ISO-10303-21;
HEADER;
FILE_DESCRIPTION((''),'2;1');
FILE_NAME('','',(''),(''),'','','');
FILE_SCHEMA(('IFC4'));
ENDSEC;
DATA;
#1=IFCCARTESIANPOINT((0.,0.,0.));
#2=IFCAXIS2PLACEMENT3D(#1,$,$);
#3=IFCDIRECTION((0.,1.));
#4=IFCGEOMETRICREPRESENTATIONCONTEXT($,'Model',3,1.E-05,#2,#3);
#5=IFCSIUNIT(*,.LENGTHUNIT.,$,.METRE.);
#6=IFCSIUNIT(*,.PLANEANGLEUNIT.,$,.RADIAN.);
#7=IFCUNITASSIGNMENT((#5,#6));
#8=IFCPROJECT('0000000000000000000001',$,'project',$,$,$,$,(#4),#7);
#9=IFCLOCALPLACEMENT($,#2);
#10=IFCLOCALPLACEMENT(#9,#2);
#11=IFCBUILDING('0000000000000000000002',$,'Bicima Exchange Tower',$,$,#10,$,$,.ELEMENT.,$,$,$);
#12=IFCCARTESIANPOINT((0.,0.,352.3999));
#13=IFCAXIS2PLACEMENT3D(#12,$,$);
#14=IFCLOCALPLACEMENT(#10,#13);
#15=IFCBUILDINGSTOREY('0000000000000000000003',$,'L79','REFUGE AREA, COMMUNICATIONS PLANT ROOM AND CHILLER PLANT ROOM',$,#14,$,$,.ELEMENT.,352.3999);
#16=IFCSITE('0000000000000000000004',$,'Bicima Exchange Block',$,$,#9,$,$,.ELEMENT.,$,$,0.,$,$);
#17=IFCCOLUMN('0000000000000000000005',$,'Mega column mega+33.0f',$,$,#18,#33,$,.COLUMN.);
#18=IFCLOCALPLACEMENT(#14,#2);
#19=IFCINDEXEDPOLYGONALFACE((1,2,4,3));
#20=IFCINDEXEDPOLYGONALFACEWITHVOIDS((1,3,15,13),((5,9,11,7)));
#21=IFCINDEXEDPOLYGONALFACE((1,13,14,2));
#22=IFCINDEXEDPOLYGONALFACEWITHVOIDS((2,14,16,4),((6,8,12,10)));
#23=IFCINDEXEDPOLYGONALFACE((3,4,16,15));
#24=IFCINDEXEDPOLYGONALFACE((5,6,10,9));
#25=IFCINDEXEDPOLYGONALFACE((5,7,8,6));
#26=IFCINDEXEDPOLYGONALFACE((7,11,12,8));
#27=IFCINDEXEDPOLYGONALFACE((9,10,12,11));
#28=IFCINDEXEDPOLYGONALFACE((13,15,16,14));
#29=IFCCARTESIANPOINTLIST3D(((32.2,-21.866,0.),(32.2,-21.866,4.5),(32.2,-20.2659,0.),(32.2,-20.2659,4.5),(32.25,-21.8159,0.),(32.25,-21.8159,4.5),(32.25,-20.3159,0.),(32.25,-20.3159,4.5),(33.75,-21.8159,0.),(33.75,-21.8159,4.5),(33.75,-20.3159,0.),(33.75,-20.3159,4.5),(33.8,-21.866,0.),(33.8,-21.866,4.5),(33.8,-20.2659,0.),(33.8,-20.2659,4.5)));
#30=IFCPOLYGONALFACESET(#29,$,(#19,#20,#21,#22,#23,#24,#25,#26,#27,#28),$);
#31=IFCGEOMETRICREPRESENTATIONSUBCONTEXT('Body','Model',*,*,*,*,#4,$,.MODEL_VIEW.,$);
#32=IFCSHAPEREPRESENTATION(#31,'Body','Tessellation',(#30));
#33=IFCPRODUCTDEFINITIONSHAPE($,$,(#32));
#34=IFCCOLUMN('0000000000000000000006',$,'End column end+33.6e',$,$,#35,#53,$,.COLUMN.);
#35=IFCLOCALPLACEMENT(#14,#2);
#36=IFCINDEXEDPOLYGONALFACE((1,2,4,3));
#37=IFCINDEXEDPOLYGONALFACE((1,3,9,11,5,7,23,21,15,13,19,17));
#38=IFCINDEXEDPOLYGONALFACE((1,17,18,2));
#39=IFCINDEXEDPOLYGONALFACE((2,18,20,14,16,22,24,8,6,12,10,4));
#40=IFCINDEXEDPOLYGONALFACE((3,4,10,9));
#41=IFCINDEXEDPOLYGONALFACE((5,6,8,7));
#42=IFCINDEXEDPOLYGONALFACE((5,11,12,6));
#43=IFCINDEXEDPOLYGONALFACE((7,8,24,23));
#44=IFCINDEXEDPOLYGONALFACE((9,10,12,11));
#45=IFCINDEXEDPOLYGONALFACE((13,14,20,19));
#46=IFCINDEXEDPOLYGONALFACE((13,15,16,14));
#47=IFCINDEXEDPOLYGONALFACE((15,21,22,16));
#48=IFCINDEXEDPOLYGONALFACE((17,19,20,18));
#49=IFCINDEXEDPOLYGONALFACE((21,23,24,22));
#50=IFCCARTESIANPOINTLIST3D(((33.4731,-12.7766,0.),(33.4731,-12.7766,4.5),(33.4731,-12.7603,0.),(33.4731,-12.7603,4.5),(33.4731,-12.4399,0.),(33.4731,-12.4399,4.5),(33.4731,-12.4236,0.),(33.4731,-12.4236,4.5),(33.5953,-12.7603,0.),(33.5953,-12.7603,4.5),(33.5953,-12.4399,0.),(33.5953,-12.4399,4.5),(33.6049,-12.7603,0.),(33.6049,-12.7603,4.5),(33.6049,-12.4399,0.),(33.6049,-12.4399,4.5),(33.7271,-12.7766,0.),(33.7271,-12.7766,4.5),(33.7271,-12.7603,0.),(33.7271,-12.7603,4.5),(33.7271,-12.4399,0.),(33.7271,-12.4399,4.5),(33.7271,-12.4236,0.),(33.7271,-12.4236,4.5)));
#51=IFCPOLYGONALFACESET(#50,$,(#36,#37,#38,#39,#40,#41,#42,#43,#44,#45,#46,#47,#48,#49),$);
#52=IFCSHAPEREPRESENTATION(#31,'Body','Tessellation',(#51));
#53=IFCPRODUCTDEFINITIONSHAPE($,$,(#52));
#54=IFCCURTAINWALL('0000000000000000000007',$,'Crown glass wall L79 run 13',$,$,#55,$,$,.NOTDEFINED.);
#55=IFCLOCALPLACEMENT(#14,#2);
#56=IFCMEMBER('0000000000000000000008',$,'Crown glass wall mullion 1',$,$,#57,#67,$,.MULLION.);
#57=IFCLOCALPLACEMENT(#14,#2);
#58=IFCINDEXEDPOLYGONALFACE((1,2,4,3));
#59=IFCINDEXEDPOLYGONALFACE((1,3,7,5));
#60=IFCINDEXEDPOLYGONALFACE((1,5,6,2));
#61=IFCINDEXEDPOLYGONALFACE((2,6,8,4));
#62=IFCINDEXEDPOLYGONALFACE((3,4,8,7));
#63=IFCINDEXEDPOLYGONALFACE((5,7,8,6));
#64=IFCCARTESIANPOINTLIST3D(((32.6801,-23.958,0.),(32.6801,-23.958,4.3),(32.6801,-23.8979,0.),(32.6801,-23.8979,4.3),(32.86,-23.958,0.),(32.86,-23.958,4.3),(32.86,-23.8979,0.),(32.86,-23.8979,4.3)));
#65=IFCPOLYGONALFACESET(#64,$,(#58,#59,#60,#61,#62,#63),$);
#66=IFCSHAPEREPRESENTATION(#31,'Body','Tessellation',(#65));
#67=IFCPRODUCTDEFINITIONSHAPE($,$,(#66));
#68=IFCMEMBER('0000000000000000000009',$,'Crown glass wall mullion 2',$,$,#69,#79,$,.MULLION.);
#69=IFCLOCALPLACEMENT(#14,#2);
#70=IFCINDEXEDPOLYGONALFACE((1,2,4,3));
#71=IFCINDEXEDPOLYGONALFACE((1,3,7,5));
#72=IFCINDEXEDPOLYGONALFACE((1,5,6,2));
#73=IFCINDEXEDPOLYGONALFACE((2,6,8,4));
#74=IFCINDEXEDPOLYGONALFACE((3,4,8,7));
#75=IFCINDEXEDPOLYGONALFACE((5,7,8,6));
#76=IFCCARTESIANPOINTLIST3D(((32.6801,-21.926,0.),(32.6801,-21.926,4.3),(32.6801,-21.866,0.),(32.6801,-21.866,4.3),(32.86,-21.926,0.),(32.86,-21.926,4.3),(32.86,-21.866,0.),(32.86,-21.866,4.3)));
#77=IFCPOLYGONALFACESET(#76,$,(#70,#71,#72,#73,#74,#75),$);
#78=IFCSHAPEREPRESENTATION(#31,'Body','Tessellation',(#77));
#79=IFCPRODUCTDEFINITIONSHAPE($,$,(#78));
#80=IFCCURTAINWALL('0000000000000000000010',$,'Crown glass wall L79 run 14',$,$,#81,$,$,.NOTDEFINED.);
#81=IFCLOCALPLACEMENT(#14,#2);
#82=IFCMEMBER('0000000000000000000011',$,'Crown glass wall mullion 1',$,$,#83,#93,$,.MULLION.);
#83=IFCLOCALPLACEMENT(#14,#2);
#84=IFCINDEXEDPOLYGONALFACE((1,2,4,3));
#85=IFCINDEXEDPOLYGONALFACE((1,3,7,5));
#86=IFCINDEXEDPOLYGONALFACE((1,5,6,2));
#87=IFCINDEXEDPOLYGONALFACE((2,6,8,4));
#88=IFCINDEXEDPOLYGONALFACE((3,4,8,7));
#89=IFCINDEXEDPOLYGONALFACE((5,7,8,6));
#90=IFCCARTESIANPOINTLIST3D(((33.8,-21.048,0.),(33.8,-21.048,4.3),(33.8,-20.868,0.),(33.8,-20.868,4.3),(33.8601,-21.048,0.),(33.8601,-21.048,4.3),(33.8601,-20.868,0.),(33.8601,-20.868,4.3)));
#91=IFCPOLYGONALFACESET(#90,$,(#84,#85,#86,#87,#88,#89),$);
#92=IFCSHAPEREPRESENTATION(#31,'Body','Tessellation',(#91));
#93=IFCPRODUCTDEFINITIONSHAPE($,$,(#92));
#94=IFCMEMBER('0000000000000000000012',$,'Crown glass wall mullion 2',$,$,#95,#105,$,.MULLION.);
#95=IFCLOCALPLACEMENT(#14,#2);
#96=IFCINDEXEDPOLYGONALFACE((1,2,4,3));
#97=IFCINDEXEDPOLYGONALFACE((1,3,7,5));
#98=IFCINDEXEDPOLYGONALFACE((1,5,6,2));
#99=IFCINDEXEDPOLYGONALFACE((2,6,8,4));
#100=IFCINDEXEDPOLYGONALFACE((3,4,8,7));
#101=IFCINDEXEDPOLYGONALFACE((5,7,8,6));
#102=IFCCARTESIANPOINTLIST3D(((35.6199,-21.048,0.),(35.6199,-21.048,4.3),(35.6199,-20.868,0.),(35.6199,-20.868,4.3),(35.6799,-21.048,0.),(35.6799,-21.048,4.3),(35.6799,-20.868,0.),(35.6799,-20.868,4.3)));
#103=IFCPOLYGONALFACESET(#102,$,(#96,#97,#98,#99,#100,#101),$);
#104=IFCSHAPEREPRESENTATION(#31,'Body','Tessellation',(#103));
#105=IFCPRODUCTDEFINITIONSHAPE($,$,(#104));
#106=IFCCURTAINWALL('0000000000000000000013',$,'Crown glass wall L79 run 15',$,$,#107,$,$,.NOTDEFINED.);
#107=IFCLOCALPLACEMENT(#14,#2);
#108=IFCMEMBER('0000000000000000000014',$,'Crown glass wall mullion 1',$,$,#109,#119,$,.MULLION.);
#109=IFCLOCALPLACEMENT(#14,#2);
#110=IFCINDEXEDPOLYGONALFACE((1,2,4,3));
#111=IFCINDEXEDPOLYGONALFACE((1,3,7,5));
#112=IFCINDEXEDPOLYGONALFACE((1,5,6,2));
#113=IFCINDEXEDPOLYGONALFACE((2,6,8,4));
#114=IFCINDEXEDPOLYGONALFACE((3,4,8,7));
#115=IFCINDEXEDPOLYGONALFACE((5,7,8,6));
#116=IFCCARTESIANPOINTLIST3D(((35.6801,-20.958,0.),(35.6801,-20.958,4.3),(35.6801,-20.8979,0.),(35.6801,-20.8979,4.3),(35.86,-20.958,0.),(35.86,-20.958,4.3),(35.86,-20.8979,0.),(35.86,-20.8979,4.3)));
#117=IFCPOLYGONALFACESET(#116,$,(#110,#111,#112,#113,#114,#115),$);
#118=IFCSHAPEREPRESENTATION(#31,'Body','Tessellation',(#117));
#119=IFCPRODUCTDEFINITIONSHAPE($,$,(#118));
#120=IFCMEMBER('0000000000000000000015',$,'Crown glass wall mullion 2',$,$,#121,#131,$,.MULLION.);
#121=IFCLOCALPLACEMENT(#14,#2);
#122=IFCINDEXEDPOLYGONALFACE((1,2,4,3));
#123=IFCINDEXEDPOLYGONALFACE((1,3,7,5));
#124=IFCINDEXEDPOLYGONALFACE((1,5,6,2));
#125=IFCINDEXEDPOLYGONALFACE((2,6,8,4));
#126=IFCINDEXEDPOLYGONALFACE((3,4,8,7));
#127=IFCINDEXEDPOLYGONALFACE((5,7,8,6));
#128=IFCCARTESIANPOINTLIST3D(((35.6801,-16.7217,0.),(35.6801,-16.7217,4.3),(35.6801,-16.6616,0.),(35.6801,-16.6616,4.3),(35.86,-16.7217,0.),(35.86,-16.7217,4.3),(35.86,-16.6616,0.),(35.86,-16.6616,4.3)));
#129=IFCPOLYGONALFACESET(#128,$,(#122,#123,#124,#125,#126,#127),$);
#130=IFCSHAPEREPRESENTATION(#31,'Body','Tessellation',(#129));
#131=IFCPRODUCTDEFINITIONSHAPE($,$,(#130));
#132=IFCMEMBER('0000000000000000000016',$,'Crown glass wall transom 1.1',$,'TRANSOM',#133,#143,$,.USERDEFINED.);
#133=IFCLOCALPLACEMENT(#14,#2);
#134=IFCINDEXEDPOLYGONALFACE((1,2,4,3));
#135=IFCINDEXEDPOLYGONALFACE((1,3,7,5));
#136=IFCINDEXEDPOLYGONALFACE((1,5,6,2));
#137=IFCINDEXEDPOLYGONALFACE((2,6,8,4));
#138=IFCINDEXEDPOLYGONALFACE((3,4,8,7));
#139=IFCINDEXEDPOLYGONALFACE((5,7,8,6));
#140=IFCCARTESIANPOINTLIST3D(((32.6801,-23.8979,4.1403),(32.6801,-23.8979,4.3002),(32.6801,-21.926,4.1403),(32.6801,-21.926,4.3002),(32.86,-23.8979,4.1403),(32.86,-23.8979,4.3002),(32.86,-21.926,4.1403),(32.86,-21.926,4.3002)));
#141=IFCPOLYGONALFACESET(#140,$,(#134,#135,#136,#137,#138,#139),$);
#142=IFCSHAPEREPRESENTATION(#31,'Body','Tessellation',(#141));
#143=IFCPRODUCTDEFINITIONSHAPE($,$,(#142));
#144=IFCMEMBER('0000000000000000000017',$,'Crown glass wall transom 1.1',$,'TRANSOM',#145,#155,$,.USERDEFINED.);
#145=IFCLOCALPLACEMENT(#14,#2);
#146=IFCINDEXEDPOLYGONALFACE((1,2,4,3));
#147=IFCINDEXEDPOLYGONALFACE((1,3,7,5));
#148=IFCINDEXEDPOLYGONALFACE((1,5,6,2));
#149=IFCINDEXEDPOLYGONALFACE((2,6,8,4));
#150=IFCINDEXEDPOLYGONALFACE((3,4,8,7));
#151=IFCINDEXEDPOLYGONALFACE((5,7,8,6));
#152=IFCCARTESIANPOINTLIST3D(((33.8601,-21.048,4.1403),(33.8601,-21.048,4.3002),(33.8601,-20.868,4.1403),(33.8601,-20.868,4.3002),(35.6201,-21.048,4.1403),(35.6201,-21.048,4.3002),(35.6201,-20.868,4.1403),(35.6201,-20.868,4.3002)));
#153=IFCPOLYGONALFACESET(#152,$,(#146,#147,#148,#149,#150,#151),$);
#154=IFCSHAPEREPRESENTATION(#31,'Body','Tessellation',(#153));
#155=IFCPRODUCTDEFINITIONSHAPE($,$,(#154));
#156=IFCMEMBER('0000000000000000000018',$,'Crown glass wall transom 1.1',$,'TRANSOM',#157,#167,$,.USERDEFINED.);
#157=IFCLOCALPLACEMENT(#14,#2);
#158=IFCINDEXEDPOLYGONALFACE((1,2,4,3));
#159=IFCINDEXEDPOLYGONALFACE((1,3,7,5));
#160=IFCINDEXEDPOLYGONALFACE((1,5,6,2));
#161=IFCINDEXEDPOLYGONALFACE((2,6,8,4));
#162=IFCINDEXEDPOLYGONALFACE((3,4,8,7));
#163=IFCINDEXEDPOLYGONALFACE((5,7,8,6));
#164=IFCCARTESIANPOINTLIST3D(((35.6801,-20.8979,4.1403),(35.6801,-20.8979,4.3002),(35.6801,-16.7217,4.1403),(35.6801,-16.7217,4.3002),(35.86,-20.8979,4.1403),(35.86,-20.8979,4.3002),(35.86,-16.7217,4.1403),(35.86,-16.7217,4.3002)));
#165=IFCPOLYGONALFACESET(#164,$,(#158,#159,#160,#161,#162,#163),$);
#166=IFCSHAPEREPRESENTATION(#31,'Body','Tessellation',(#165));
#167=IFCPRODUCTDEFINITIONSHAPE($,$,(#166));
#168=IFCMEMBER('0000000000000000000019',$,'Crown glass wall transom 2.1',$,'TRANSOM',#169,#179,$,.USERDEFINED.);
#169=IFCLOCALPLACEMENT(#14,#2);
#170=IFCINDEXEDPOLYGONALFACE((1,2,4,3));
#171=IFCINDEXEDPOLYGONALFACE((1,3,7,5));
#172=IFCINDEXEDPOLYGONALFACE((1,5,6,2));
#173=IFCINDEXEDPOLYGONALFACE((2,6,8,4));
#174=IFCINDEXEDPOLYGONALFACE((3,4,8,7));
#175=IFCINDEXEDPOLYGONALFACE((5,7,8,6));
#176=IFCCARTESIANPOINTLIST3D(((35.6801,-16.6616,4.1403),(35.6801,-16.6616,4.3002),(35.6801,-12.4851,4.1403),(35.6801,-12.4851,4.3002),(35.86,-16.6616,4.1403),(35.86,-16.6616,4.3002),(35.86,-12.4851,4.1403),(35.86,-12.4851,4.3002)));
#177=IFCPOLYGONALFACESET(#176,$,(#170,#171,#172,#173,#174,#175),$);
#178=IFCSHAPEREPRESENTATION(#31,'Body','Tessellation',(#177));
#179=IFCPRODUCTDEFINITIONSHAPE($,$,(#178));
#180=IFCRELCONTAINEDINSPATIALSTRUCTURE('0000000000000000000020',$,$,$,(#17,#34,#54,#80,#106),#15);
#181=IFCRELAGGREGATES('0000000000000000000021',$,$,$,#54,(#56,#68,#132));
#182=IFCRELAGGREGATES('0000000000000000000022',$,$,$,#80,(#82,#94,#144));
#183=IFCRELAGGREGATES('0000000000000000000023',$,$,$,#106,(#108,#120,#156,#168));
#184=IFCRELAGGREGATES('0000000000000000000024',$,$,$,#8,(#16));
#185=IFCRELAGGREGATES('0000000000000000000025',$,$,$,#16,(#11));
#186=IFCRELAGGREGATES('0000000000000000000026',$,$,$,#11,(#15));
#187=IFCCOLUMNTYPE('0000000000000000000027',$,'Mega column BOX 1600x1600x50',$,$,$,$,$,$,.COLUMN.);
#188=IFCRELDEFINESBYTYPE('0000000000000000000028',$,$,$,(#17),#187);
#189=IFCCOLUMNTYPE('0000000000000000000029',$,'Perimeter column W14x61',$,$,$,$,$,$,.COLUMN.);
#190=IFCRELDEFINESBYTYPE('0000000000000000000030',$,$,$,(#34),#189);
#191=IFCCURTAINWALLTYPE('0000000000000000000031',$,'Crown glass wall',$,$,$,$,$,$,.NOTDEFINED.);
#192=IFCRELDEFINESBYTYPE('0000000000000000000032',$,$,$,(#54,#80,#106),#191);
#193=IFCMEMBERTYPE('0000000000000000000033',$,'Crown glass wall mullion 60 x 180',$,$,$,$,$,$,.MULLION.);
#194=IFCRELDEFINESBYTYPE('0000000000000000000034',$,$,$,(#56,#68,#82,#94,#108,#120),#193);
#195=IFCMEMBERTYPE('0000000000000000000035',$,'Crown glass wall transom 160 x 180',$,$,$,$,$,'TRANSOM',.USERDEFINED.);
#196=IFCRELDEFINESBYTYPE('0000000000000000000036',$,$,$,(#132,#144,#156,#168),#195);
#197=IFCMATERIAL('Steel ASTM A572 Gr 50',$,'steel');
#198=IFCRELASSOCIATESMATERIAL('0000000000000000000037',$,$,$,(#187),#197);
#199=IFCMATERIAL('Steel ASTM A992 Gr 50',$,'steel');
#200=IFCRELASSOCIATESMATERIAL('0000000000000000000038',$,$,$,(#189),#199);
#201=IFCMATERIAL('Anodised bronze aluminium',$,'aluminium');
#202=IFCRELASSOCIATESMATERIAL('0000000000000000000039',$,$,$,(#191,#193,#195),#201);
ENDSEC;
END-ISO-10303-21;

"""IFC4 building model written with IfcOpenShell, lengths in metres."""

from ifc_helpers import new_model, si_unit, direction, frame, origin, origin_2d, place, context, subcontext, project, spatial, rectangle, hollow_rectangle, i_section, extrude, material, material_profile, profile_set, type_object, element, aggregate, save


model = new_model("IFC4")

# Units and contexts
model_context = context("Model", 3, precision=1e-05, world=origin(), true_north=direction((0.0, 1.0)))
body_context = subcontext(model_context, "Body", "Model", "MODEL_VIEW")
ifc_project = project(units=[si_unit("LENGTHUNIT", "METRE"), si_unit("PLANEANGLEUNIT", "RADIAN")], contexts=[model_context])

# Site, building, storey
site_placement = place(None, origin())
site = spatial("IfcSite", under=ifc_project, at=site_placement, Name="Bicima Exchange Block", CompositionType="ELEMENT", RefElevation=0.0)
building_placement = place(site_placement, origin())
building = spatial("IfcBuilding", under=site, at=building_placement, Name="Bicima Exchange Tower", CompositionType="ELEMENT")
storey_placement = place(building_placement, frame((0.0, 0.0, 352.3999)))
storey = spatial("IfcBuildingStorey", under=building, at=storey_placement, Name="L79", Description="REFUGE AREA, COMMUNICATIONS PLANT ROOM AND CHILLER PLANT ROOM", CompositionType="ELEMENT", Elevation=352.3999)

# Columns
ifc_material_1 = material(Name="Steel ASTM A572 Gr 50", Category="steel")
ifc_material_profile_1 = material_profile(ifc_material_1, hollow_rectangle(XDim=1.6001, YDim=1.6001, WallThickness=0.05, at=origin_2d()))
ifc_profile_set_1 = profile_set([ifc_material_profile_1], Name="Steel ASTM A572 Gr 50")
column_type_1 = type_object("IfcColumnType", Name="Mega column BOX 1600x1600x50", PredefinedType="COLUMN", material=ifc_profile_set_1)
column_1_placement = place(storey_placement, frame((33.0, -21.0659, 0.0), z_axis=(0.0, 0.0, 1.0), x_axis=(1.0, 0.0, 0.0)))
element("IfcColumn", 1, at=column_1_placement, inside=storey, type_object=column_type_1, Name="Mega column mega+33.0f", PredefinedType="COLUMN", context=body_context, shape_type="SweptSolid", body=[
    extrude(hollow_rectangle(XDim=1.6001, YDim=1.6001, WallThickness=0.05, at=origin_2d()), origin(), (0.0, 0.0, 1.0), 4.5),
])
ifc_material_2 = material(Name="Steel ASTM A992 Gr 50", Category="steel")
ifc_material_profile_2 = material_profile(ifc_material_2, i_section(OverallWidth=0.2539, OverallDepth=0.353, WebThickness=0.0095, FlangeThickness=0.0164, at=origin_2d()))
ifc_profile_set_2 = profile_set([ifc_material_profile_2], Name="Steel ASTM A992 Gr 50")
column_type_2 = type_object("IfcColumnType", Name="Perimeter column W14x61", PredefinedType="COLUMN", material=ifc_profile_set_2)
column_2_placement = place(storey_placement, frame((33.6001, -12.6001, 0.0), z_axis=(0.0, 0.0, 1.0), x_axis=(1.0, 0.0, 0.0)))
element("IfcColumn", 2, at=column_2_placement, inside=storey, type_object=column_type_2, Name="End column end+33.6e", PredefinedType="COLUMN", context=body_context, shape_type="SweptSolid", body=[
    extrude(i_section(OverallWidth=0.2539, OverallDepth=0.353, WebThickness=0.0095, FlangeThickness=0.0164, at=origin_2d()), origin(), (0.0, 0.0, 1.0), 4.5),
])

# Curtain walls, members
ifc_material_3 = material(Name="Anodised bronze aluminium", Category="aluminium")
curtain_wall_type = type_object("IfcCurtainWallType", Name="Crown glass wall", PredefinedType="NOTDEFINED", material=ifc_material_3)
curtain_wall_1_placement = place(storey_placement, origin())
curtain_wall_1 = element("IfcCurtainWall", 3, at=curtain_wall_1_placement, inside=storey, type_object=curtain_wall_type, Name="Crown glass wall L79 run 13", PredefinedType="NOTDEFINED")
ifc_material_profile_3 = material_profile(ifc_material_3, rectangle(XDim=0.1799, YDim=0.0601, at=origin_2d()))
ifc_profile_set_3 = profile_set([ifc_material_profile_3], Name="Anodised bronze aluminium")
member_type_1 = type_object("IfcMemberType", Name="Crown glass wall mullion 60 x 180", PredefinedType="MULLION", material=ifc_profile_set_3)
member_1_placement = place(storey_placement, frame((32.77, -23.928, 0.0), z_axis=(0.0, 0.0, 1.0), x_axis=(-1.0, 0.0, 0.0)))
member_1 = element("IfcMember", 4, at=member_1_placement, type_object=member_type_1, Name="Crown glass wall mullion 1", PredefinedType="MULLION", context=body_context, shape_type="SweptSolid", body=[
    extrude(rectangle(XDim=0.1799, YDim=0.0601, at=origin_2d()), origin(), (0.0, 0.0, 1.0), 4.3),
])
member_2_placement = place(storey_placement, frame((32.77, -21.896, 0.0), z_axis=(0.0, 0.0, 1.0), x_axis=(-1.0, 0.0, 0.0)))
member_2 = element("IfcMember", 5, at=member_2_placement, type_object=member_type_1, Name="Crown glass wall mullion 2", PredefinedType="MULLION", context=body_context, shape_type="SweptSolid", body=[
    extrude(rectangle(XDim=0.1799, YDim=0.0601, at=origin_2d()), origin(), (0.0, 0.0, 1.0), 4.3),
])
curtain_wall_2_placement = place(storey_placement, origin())
curtain_wall_2 = element("IfcCurtainWall", 6, at=curtain_wall_2_placement, inside=storey, type_object=curtain_wall_type, Name="Crown glass wall L79 run 14", PredefinedType="NOTDEFINED")
member_3_placement = place(storey_placement, frame((33.8301, -20.958, 0.0), z_axis=(0.0, 0.0, 1.0), x_axis=(0.0, 1.0, 0.0)))
member_3 = element("IfcMember", 7, at=member_3_placement, type_object=member_type_1, Name="Crown glass wall mullion 1", PredefinedType="MULLION", context=body_context, shape_type="SweptSolid", body=[
    extrude(rectangle(XDim=0.1799, YDim=0.0601, at=origin_2d()), origin(), (0.0, 0.0, 1.0), 4.3),
])
member_4_placement = place(storey_placement, frame((35.6499, -20.958, 0.0), z_axis=(0.0, 0.0, 1.0), x_axis=(0.0, 1.0, 0.0)))
member_4 = element("IfcMember", 8, at=member_4_placement, type_object=member_type_1, Name="Crown glass wall mullion 2", PredefinedType="MULLION", context=body_context, shape_type="SweptSolid", body=[
    extrude(rectangle(XDim=0.1799, YDim=0.0601, at=origin_2d()), origin(), (0.0, 0.0, 1.0), 4.3),
])
curtain_wall_3_placement = place(storey_placement, origin())
curtain_wall_3 = element("IfcCurtainWall", 9, at=curtain_wall_3_placement, inside=storey, type_object=curtain_wall_type, Name="Crown glass wall L79 run 15", PredefinedType="NOTDEFINED")
member_5_placement = place(storey_placement, frame((35.77, -20.928, 0.0), z_axis=(0.0, 0.0, 1.0), x_axis=(-1.0, 0.0, 0.0)))
member_5 = element("IfcMember", 10, at=member_5_placement, type_object=member_type_1, Name="Crown glass wall mullion 1", PredefinedType="MULLION", context=body_context, shape_type="SweptSolid", body=[
    extrude(rectangle(XDim=0.1799, YDim=0.0601, at=origin_2d()), origin(), (0.0, 0.0, 1.0), 4.3),
])
member_6_placement = place(storey_placement, frame((35.77, -16.6917, 0.0), z_axis=(0.0, 0.0, 1.0), x_axis=(-1.0, 0.0, 0.0)))
member_6 = element("IfcMember", 11, at=member_6_placement, type_object=member_type_1, Name="Crown glass wall mullion 2", PredefinedType="MULLION", context=body_context, shape_type="SweptSolid", body=[
    extrude(rectangle(XDim=0.1799, YDim=0.0601, at=origin_2d()), origin(), (0.0, 0.0, 1.0), 4.3),
])

# Members
ifc_material_profile_4 = material_profile(ifc_material_3, rectangle(XDim=0.1799, YDim=0.1599, at=origin_2d()))
ifc_profile_set_4 = profile_set([ifc_material_profile_4], Name="Anodised bronze aluminium")
member_type_2 = type_object("IfcMemberType", Name="Crown glass wall transom 160 x 180", ElementType="TRANSOM", PredefinedType="USERDEFINED", material=ifc_profile_set_4)
member_7_placement = place(storey_placement, frame((32.77, -23.8979, 4.2202), z_axis=(0.0, 1.0, 0.0), x_axis=(-1.0, 0.0, 0.0)))
member_7 = element("IfcMember", 12, at=member_7_placement, type_object=member_type_2, Name="Crown glass wall transom 1.1", ObjectType="TRANSOM", PredefinedType="USERDEFINED", context=body_context, shape_type="SweptSolid", body=[
    extrude(rectangle(XDim=0.1799, YDim=0.1599, at=origin_2d()), origin(), (0.0, 0.0, 1.0), 1.9719),
])
member_8_placement = place(storey_placement, frame((33.8601, -20.958, 4.2202), z_axis=(1.0, 0.0, 0.0), x_axis=(0.0, 1.0, 0.0)))
member_8 = element("IfcMember", 13, at=member_8_placement, type_object=member_type_2, Name="Crown glass wall transom 1.1", ObjectType="TRANSOM", PredefinedType="USERDEFINED", context=body_context, shape_type="SweptSolid", body=[
    extrude(rectangle(XDim=0.1799, YDim=0.1599, at=origin_2d()), origin(), (0.0, 0.0, 1.0), 1.76),
])
member_9_placement = place(storey_placement, frame((35.77, -20.8979, 4.2202), z_axis=(0.0, 1.0, 0.0), x_axis=(-1.0, 0.0, 0.0)))
member_9 = element("IfcMember", 14, at=member_9_placement, type_object=member_type_2, Name="Crown glass wall transom 1.1", ObjectType="TRANSOM", PredefinedType="USERDEFINED", context=body_context, shape_type="SweptSolid", body=[
    extrude(rectangle(XDim=0.1799, YDim=0.1599, at=origin_2d()), origin(), (0.0, 0.0, 1.0), 4.1763),
])
member_10_placement = place(storey_placement, frame((35.77, -16.6616, 4.2202), z_axis=(0.0, 1.0, 0.0), x_axis=(-1.0, 0.0, 0.0)))
member_10 = element("IfcMember", 15, at=member_10_placement, type_object=member_type_2, Name="Crown glass wall transom 2.1", ObjectType="TRANSOM", PredefinedType="USERDEFINED", context=body_context, shape_type="SweptSolid", body=[
    extrude(rectangle(XDim=0.1799, YDim=0.1599, at=origin_2d()), origin(), (0.0, 0.0, 1.0), 4.1765),
])

aggregate(curtain_wall_1, [member_1, member_2, member_7])
aggregate(curtain_wall_2, [member_3, member_4, member_8])
aggregate(curtain_wall_3, [member_5, member_6, member_9, member_10])

save(model, "model.ifc")
